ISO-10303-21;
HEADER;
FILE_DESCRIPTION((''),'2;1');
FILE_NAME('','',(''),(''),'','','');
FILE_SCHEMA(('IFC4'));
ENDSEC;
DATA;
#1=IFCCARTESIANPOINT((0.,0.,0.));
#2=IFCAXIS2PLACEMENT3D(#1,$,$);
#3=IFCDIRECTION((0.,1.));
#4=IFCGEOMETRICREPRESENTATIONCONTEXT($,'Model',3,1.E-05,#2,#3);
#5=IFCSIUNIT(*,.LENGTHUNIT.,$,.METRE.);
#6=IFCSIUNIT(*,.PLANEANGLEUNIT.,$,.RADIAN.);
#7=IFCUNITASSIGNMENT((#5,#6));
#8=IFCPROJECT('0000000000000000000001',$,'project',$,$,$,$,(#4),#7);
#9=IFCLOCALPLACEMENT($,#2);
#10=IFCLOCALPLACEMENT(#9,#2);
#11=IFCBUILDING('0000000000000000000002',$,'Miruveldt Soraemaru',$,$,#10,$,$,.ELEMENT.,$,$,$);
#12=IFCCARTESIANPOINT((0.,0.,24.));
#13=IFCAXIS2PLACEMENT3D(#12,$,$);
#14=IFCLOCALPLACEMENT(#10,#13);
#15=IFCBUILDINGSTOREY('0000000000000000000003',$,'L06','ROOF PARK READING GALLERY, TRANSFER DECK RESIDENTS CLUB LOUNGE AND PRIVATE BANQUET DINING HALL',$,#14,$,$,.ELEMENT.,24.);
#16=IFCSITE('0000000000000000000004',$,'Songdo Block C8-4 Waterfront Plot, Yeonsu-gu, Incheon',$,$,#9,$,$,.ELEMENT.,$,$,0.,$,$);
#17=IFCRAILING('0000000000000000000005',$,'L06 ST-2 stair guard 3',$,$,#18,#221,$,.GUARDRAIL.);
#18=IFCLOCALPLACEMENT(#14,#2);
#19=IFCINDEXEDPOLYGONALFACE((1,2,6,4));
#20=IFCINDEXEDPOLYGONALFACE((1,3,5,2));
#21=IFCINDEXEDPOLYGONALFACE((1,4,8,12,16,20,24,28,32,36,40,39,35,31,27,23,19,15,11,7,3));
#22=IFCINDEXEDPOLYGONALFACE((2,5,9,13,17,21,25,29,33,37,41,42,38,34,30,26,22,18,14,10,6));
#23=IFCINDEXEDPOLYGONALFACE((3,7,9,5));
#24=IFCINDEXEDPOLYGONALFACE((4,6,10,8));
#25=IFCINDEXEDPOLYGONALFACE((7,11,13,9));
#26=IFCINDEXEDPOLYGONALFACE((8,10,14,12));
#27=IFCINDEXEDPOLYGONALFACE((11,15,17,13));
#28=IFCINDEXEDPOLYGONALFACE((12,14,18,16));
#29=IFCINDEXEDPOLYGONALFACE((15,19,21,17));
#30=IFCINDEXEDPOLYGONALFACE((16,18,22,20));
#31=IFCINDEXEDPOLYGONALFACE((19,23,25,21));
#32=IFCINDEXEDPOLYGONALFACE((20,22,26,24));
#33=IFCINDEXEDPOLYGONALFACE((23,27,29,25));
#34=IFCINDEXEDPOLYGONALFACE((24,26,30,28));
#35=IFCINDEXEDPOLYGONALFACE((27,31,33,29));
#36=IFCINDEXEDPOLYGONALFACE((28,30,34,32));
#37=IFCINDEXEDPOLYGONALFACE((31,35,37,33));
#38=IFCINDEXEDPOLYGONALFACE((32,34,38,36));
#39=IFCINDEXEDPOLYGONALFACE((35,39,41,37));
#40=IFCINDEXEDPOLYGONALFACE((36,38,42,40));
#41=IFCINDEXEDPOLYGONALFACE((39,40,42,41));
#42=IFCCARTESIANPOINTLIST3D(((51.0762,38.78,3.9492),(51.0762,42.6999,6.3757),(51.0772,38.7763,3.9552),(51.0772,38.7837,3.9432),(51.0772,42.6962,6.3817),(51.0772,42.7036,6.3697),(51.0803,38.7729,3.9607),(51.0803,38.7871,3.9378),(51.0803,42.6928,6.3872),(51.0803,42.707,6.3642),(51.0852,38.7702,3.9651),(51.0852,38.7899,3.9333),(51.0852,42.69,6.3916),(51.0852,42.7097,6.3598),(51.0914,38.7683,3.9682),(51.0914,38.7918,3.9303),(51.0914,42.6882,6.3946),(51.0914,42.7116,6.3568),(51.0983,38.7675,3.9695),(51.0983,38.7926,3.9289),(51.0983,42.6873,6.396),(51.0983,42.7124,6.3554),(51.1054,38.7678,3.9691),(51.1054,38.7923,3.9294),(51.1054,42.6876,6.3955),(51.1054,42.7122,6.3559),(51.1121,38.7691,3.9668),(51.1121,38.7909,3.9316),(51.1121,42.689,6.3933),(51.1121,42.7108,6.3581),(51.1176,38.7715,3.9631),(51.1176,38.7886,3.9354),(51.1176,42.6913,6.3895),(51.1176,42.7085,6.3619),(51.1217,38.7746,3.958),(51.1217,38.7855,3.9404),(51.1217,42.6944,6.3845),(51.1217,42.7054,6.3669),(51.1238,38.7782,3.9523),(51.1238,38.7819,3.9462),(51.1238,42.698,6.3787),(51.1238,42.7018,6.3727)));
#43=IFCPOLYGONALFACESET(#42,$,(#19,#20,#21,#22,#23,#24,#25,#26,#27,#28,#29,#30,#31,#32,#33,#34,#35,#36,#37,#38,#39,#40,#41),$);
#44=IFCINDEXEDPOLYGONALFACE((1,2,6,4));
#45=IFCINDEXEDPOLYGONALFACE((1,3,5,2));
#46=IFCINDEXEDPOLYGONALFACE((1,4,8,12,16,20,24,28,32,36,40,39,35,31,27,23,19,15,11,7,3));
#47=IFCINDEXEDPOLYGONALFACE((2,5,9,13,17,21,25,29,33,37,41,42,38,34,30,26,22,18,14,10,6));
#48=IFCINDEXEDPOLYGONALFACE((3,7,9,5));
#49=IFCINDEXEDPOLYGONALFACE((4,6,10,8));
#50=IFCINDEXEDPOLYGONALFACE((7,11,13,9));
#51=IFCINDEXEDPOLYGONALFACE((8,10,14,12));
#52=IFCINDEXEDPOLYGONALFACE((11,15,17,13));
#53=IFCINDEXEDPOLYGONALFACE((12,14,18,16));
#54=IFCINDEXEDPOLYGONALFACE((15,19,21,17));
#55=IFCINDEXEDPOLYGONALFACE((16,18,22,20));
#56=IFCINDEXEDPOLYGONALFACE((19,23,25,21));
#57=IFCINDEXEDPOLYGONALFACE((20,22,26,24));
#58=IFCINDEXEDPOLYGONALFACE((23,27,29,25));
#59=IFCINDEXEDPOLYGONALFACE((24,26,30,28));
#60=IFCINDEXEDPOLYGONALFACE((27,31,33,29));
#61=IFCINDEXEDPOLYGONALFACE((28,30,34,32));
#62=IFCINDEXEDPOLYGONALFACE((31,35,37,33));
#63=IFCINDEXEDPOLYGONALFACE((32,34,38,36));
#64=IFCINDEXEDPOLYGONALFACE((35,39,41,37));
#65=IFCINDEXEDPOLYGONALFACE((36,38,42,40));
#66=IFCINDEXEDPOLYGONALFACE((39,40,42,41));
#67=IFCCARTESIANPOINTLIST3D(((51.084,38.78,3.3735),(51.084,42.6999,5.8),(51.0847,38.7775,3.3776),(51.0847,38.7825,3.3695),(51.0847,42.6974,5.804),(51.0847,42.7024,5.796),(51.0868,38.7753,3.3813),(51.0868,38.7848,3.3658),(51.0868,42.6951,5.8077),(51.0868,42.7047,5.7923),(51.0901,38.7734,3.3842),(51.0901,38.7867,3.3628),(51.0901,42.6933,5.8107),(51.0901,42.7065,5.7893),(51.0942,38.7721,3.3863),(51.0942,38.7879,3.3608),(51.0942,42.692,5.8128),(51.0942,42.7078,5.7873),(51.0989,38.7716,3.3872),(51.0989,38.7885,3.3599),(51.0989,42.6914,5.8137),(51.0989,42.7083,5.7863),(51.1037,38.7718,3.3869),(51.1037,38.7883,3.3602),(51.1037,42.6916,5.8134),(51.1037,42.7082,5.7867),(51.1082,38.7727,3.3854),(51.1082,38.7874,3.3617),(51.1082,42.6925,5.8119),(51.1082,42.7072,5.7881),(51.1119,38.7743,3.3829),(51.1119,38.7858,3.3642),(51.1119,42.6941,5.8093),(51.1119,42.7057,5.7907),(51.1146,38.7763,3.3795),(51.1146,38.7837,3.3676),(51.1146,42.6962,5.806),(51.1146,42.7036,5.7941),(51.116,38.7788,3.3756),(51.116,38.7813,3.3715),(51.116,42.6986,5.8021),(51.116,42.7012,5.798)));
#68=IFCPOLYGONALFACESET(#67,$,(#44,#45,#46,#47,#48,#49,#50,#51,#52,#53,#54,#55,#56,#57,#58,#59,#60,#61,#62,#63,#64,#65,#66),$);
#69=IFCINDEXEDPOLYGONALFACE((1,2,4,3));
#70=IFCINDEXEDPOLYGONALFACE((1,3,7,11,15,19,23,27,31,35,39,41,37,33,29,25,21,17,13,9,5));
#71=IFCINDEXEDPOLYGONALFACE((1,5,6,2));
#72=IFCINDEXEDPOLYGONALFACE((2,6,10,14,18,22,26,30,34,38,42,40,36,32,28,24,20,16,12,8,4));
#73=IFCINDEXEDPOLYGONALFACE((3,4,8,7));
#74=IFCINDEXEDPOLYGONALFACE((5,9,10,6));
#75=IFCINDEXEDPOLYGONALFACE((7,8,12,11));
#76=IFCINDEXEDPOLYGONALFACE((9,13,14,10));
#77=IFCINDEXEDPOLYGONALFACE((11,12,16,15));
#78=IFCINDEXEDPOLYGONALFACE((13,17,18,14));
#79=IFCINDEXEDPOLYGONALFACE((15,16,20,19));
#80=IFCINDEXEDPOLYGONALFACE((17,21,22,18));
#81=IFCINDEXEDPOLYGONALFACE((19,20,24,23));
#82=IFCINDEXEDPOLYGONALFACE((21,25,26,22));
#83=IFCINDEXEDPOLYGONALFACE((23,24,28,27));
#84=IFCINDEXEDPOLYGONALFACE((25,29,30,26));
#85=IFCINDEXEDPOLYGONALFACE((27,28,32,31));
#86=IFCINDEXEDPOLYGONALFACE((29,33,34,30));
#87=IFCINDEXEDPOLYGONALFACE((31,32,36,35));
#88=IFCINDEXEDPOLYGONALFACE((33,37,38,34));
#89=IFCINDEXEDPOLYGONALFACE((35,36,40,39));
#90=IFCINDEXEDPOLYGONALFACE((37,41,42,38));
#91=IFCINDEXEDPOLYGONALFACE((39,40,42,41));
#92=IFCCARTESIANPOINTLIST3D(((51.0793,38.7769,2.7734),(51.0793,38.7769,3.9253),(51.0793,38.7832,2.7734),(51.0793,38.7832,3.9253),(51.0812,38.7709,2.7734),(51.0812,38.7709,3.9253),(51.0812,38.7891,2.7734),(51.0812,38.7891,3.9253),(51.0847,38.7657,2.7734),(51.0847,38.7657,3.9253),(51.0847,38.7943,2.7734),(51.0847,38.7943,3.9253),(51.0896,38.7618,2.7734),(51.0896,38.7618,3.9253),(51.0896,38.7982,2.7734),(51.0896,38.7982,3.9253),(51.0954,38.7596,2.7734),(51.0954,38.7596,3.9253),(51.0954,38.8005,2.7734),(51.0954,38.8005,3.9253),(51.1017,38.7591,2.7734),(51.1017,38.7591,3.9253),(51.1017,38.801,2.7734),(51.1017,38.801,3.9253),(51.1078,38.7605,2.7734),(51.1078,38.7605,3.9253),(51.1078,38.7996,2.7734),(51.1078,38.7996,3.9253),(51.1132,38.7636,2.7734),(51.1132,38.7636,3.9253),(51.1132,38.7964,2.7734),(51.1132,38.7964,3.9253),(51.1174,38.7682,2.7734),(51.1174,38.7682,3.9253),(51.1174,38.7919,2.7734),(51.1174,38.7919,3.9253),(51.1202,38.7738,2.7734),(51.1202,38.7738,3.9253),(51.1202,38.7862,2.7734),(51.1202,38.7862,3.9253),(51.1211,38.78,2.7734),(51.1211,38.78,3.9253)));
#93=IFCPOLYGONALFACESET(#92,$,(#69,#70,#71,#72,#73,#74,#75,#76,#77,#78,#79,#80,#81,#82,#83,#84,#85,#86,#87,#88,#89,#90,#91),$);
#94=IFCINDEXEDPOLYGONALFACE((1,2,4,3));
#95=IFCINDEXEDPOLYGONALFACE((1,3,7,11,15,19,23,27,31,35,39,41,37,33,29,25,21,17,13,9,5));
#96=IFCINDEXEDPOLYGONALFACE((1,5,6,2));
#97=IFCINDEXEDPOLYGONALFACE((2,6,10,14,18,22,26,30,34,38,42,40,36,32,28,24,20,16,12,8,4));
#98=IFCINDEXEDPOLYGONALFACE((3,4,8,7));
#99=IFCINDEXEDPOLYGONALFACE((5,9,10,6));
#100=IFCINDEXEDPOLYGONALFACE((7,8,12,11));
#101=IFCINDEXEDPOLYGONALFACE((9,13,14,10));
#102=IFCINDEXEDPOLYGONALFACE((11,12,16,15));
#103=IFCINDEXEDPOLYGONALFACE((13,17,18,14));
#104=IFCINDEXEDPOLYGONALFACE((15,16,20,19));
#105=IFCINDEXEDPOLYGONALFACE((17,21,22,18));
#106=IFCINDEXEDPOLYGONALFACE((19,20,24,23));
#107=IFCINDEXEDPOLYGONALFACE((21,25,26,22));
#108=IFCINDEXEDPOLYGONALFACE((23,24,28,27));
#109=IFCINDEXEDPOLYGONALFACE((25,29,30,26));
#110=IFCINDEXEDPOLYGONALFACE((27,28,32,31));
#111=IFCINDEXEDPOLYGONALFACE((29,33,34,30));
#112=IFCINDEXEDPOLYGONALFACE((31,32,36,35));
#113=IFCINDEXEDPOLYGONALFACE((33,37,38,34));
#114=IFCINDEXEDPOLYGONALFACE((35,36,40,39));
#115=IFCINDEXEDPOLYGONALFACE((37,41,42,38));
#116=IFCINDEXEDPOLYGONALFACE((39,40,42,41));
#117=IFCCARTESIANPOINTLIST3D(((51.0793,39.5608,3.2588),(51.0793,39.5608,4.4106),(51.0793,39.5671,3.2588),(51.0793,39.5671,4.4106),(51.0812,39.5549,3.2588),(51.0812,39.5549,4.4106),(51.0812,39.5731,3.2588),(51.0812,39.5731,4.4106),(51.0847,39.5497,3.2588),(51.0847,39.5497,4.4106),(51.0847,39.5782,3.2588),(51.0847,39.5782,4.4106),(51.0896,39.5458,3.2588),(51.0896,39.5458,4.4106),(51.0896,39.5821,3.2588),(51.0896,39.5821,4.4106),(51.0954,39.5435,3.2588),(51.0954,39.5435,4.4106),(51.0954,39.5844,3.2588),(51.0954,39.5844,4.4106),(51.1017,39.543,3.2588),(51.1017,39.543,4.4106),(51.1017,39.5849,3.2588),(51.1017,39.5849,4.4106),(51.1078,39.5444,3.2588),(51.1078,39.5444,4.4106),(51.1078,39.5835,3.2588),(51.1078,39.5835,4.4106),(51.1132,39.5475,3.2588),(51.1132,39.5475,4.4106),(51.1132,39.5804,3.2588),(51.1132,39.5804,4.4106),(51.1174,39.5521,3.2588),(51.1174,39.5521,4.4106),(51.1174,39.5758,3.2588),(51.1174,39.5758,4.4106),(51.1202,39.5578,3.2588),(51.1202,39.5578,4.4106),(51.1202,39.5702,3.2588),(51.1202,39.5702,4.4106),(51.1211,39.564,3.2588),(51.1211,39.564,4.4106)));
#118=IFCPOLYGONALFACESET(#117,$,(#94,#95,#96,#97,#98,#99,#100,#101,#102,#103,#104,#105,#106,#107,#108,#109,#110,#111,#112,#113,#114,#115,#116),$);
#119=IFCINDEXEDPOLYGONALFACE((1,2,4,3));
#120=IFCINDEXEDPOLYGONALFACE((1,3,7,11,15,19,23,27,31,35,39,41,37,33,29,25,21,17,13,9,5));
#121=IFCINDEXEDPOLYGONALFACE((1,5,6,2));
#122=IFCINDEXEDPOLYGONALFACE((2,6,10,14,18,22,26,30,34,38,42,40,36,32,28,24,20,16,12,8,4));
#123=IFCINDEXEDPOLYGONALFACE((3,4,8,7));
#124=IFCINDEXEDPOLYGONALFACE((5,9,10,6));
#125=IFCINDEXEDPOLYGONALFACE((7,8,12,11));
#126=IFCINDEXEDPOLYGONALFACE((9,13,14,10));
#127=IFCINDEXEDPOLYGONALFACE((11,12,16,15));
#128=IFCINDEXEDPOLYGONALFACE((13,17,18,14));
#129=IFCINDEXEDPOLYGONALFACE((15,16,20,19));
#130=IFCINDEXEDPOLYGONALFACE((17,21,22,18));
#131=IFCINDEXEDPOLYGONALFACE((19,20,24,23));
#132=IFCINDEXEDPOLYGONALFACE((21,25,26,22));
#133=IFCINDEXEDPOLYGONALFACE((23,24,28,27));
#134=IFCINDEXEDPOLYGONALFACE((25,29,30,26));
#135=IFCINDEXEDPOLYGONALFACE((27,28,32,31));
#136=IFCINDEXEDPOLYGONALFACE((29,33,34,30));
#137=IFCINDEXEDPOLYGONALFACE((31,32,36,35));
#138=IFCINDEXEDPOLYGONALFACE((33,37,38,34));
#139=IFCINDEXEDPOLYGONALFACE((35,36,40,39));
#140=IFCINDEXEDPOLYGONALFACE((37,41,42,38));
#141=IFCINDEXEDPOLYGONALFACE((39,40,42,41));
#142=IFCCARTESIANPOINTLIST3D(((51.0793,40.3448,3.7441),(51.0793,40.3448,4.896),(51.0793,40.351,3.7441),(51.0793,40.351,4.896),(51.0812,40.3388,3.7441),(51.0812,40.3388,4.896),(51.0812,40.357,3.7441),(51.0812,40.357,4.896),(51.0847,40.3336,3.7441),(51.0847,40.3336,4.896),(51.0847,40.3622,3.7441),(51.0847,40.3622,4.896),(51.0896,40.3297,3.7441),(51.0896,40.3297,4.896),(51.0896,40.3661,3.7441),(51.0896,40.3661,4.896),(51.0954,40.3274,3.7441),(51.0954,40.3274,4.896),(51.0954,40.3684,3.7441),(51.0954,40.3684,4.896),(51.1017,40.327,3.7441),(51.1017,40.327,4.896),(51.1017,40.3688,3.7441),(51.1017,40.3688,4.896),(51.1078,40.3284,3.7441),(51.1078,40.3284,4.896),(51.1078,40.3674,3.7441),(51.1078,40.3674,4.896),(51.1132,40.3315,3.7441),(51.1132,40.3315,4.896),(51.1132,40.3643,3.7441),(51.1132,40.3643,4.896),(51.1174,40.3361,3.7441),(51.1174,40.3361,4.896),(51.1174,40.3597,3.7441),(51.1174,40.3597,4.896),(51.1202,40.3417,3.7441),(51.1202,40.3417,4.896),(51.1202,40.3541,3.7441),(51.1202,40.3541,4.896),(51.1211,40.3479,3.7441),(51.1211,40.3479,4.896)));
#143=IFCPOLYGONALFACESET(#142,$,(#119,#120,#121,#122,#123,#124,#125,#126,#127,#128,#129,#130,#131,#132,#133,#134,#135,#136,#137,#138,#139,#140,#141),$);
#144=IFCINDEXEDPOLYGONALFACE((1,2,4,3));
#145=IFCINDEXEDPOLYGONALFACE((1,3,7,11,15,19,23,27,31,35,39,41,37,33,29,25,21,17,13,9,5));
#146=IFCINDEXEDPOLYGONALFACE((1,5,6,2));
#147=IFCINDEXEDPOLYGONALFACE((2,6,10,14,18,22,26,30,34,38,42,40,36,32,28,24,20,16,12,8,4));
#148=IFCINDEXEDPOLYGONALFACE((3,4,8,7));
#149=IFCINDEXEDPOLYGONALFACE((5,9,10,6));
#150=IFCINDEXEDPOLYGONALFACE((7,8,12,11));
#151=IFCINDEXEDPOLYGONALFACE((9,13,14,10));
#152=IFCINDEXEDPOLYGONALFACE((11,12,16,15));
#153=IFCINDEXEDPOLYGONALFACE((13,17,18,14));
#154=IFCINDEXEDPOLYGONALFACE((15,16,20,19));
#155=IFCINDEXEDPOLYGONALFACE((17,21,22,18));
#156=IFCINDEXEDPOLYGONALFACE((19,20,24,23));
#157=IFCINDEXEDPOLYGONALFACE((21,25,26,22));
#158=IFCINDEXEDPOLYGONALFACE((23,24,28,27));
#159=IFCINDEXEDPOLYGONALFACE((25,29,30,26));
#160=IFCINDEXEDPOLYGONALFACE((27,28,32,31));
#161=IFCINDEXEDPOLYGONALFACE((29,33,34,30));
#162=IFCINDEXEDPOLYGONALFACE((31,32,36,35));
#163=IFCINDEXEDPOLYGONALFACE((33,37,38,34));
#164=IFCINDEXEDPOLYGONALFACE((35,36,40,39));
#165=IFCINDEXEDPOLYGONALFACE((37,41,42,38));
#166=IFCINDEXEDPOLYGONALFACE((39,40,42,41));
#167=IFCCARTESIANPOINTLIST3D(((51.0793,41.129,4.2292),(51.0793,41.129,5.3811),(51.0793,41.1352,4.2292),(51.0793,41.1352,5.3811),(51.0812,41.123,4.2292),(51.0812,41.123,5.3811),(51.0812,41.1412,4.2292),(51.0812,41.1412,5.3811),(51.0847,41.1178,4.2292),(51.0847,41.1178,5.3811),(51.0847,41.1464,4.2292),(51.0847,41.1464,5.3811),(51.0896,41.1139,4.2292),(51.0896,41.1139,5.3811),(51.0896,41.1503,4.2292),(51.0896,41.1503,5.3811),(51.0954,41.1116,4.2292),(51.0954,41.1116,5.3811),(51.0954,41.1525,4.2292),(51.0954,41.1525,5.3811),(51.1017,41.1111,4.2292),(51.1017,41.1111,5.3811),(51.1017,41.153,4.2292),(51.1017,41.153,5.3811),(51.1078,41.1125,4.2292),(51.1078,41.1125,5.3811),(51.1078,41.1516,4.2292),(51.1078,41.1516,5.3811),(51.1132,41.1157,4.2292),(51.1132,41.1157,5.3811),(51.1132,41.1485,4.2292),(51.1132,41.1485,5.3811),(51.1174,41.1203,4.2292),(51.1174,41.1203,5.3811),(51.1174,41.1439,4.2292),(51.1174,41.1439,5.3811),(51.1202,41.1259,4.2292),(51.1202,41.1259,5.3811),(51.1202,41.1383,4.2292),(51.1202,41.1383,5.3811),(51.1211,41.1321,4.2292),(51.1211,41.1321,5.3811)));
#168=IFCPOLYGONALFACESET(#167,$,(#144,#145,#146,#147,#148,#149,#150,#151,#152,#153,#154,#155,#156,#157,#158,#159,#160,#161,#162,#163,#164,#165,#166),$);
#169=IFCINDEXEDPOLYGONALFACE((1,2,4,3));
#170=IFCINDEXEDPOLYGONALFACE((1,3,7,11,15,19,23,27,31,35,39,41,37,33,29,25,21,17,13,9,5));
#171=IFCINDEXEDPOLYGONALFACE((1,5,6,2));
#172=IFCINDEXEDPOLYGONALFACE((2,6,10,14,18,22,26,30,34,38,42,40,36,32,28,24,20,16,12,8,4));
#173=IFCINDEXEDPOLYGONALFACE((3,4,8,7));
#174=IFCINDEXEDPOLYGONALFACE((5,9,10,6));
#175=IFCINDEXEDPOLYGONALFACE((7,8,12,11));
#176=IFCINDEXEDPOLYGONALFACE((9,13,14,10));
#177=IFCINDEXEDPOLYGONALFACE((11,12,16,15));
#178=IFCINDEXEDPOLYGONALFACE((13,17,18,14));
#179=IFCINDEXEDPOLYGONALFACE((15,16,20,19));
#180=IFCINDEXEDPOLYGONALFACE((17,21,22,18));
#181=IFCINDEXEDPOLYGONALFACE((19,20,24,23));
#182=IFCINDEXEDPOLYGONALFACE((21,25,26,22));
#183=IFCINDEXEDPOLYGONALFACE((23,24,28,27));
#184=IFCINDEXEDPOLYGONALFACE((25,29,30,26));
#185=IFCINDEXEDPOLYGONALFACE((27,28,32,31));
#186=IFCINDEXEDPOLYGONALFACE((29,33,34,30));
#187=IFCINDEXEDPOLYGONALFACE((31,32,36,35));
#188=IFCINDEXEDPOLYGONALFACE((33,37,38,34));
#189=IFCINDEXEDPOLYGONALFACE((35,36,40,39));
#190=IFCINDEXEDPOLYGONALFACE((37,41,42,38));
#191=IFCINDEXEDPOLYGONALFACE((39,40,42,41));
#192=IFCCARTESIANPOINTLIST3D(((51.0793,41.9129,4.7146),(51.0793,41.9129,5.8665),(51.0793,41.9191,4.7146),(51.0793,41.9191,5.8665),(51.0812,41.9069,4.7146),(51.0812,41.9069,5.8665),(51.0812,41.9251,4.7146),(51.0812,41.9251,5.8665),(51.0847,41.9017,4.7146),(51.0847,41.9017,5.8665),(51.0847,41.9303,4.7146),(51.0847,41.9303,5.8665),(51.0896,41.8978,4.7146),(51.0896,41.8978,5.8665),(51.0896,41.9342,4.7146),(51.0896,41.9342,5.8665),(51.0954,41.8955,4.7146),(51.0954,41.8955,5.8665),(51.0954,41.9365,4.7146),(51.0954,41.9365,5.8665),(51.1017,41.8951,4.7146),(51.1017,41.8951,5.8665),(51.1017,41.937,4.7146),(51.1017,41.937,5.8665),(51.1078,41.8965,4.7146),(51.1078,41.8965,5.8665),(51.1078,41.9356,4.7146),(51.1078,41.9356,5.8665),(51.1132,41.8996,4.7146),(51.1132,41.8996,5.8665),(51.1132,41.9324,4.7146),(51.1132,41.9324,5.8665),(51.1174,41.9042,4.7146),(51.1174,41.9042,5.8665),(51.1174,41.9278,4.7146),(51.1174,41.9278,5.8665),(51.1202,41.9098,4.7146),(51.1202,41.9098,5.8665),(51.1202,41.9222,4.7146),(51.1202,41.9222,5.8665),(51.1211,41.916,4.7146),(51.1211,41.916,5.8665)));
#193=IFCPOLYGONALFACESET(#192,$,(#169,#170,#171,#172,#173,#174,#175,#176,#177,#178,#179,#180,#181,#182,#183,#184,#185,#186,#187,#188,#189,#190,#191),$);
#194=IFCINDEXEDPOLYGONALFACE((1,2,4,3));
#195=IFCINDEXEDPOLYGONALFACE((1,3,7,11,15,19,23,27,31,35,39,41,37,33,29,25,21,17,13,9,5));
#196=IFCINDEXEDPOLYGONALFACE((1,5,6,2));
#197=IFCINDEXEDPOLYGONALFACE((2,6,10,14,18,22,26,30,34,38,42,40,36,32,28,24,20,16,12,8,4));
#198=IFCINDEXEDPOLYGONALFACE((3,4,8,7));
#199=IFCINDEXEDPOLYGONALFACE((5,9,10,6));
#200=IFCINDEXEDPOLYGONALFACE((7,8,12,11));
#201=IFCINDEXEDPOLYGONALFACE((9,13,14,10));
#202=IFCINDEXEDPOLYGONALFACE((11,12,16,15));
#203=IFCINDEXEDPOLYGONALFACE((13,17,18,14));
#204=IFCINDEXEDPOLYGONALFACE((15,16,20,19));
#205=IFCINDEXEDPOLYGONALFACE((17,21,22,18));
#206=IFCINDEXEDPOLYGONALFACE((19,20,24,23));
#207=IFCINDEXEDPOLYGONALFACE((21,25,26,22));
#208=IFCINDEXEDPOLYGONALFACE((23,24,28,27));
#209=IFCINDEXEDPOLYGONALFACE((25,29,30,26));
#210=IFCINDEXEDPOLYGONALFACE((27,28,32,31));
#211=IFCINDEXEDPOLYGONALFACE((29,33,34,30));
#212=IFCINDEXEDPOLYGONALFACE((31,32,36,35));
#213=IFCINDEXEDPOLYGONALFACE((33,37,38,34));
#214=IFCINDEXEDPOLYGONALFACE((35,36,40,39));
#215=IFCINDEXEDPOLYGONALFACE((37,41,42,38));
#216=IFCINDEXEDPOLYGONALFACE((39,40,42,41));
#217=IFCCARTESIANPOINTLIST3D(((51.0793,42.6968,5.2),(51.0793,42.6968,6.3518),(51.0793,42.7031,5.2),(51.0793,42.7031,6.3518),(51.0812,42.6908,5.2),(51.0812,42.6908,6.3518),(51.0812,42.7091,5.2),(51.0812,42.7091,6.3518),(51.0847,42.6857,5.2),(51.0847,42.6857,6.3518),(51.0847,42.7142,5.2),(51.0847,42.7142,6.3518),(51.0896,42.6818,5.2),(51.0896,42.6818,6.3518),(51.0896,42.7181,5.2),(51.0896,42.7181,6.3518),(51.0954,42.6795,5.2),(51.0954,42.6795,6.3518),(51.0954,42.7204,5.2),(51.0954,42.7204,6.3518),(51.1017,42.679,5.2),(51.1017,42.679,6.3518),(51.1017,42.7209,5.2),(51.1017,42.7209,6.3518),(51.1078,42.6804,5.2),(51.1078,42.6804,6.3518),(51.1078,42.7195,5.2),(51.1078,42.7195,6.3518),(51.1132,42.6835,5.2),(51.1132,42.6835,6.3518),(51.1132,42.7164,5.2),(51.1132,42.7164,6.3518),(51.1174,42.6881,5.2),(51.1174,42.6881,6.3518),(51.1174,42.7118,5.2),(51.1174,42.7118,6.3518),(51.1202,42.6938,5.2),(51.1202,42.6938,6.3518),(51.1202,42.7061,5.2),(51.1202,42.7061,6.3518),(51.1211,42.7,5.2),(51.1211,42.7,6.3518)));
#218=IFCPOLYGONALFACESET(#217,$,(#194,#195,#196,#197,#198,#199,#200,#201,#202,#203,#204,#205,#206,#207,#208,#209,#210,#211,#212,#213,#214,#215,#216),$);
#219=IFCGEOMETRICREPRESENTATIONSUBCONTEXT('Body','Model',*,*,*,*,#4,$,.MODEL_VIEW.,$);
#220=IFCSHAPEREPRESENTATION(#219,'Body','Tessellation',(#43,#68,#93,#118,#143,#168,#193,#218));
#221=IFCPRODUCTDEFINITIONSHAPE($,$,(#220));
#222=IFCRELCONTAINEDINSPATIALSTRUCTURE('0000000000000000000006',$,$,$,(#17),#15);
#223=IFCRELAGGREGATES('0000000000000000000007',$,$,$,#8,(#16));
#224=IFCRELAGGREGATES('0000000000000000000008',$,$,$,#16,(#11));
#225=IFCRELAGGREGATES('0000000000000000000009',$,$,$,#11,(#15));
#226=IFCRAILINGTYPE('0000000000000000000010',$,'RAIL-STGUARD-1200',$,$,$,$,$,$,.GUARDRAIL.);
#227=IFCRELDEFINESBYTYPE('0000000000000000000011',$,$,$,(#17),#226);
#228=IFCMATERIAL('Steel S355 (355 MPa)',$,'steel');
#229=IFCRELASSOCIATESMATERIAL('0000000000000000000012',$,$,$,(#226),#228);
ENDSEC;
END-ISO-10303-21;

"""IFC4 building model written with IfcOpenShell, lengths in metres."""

from ifc_helpers import new_model, si_unit, direction, frame, origin, origin_2d, place, context, subcontext, project, spatial, circle, extrude, material, type_object, element, save


model = new_model("IFC4")

# Units and contexts
model_context = context("Model", 3, precision=1e-05, world=origin(), true_north=direction((0.0, 1.0)))
body_context = subcontext(model_context, "Body", "Model", "MODEL_VIEW")
ifc_project = project(units=[si_unit("LENGTHUNIT", "METRE"), si_unit("PLANEANGLEUNIT", "RADIAN")], contexts=[model_context])

# Site, building, storey
site_placement = place(None, origin())
site = spatial("IfcSite", under=ifc_project, at=site_placement, Name="Songdo Block C8-4 Waterfront Plot, Yeonsu-gu, Incheon", CompositionType="ELEMENT", RefElevation=0.0)
building_placement = place(site_placement, origin())
building = spatial("IfcBuilding", under=site, at=building_placement, Name="Miruveldt Soraemaru", CompositionType="ELEMENT")
storey_placement = place(building_placement, frame((0.0, 0.0, 24.0)))
storey = spatial("IfcBuildingStorey", under=building, at=storey_placement, Name="L06", Description="ROOF PARK READING GALLERY, TRANSFER DECK RESIDENTS CLUB LOUNGE AND PRIVATE BANQUET DINING HALL", CompositionType="ELEMENT", Elevation=24.0)

# Railing
ifc_material_1 = material(Name="Steel S355 (355 MPa)", Category="steel")
railing_type_1 = type_object("IfcRailingType", Name="RAIL-STGUARD-1200", PredefinedType="GUARDRAIL", material=ifc_material_1)
railing_1_placement = place(storey_placement, frame((51.1001, 38.78, 2.7734)))
element("IfcRailing", 1, at=railing_1_placement, inside=storey, type_object=railing_type_1, Name="L06 ST-2 stair guard 3", PredefinedType="GUARDRAIL", context=body_context, shape_type="SweptSolid", body=[
    extrude(circle(Radius=0.0239, at=origin_2d()), frame((0.0, 0.0, 1.1758), z_axis=(0.0, 0.850275, 0.526338), x_axis=(-1.0, 0.0, 0.0)), (0.0, 0.0, 1.0), 4.6101),
    extrude(circle(Radius=0.0161, at=origin_2d()), frame((0.0, 0.0, 0.6001), z_axis=(0.0, 0.850275, 0.526338), x_axis=(-1.0, 0.0, 0.0)), (0.0, 0.0, 1.0), 4.6101),
    extrude(circle(Radius=0.021, at=origin_2d()), origin(), (0.0, 0.0, 1.0), 1.1519),
    extrude(circle(Radius=0.021, at=origin_2d()), frame((0.0, 0.7839, 0.4854)), (0.0, 0.0, 1.0), 1.1519),
    extrude(circle(Radius=0.021, at=origin_2d()), frame((0.0, 1.5679, 0.9707)), (0.0, 0.0, 1.0), 1.1519),
    extrude(circle(Radius=0.021, at=origin_2d()), frame((0.0, 2.3521, 1.4558)), (0.0, 0.0, 1.0), 1.1519),
    extrude(circle(Radius=0.021, at=origin_2d()), frame((0.0, 3.136, 1.9412)), (0.0, 0.0, 1.0), 1.1519),
    extrude(circle(Radius=0.021, at=origin_2d()), frame((0.0, 3.9199, 2.4265)), (0.0, 0.0, 1.0), 1.1519),
])

save(model, "model.ifc")
